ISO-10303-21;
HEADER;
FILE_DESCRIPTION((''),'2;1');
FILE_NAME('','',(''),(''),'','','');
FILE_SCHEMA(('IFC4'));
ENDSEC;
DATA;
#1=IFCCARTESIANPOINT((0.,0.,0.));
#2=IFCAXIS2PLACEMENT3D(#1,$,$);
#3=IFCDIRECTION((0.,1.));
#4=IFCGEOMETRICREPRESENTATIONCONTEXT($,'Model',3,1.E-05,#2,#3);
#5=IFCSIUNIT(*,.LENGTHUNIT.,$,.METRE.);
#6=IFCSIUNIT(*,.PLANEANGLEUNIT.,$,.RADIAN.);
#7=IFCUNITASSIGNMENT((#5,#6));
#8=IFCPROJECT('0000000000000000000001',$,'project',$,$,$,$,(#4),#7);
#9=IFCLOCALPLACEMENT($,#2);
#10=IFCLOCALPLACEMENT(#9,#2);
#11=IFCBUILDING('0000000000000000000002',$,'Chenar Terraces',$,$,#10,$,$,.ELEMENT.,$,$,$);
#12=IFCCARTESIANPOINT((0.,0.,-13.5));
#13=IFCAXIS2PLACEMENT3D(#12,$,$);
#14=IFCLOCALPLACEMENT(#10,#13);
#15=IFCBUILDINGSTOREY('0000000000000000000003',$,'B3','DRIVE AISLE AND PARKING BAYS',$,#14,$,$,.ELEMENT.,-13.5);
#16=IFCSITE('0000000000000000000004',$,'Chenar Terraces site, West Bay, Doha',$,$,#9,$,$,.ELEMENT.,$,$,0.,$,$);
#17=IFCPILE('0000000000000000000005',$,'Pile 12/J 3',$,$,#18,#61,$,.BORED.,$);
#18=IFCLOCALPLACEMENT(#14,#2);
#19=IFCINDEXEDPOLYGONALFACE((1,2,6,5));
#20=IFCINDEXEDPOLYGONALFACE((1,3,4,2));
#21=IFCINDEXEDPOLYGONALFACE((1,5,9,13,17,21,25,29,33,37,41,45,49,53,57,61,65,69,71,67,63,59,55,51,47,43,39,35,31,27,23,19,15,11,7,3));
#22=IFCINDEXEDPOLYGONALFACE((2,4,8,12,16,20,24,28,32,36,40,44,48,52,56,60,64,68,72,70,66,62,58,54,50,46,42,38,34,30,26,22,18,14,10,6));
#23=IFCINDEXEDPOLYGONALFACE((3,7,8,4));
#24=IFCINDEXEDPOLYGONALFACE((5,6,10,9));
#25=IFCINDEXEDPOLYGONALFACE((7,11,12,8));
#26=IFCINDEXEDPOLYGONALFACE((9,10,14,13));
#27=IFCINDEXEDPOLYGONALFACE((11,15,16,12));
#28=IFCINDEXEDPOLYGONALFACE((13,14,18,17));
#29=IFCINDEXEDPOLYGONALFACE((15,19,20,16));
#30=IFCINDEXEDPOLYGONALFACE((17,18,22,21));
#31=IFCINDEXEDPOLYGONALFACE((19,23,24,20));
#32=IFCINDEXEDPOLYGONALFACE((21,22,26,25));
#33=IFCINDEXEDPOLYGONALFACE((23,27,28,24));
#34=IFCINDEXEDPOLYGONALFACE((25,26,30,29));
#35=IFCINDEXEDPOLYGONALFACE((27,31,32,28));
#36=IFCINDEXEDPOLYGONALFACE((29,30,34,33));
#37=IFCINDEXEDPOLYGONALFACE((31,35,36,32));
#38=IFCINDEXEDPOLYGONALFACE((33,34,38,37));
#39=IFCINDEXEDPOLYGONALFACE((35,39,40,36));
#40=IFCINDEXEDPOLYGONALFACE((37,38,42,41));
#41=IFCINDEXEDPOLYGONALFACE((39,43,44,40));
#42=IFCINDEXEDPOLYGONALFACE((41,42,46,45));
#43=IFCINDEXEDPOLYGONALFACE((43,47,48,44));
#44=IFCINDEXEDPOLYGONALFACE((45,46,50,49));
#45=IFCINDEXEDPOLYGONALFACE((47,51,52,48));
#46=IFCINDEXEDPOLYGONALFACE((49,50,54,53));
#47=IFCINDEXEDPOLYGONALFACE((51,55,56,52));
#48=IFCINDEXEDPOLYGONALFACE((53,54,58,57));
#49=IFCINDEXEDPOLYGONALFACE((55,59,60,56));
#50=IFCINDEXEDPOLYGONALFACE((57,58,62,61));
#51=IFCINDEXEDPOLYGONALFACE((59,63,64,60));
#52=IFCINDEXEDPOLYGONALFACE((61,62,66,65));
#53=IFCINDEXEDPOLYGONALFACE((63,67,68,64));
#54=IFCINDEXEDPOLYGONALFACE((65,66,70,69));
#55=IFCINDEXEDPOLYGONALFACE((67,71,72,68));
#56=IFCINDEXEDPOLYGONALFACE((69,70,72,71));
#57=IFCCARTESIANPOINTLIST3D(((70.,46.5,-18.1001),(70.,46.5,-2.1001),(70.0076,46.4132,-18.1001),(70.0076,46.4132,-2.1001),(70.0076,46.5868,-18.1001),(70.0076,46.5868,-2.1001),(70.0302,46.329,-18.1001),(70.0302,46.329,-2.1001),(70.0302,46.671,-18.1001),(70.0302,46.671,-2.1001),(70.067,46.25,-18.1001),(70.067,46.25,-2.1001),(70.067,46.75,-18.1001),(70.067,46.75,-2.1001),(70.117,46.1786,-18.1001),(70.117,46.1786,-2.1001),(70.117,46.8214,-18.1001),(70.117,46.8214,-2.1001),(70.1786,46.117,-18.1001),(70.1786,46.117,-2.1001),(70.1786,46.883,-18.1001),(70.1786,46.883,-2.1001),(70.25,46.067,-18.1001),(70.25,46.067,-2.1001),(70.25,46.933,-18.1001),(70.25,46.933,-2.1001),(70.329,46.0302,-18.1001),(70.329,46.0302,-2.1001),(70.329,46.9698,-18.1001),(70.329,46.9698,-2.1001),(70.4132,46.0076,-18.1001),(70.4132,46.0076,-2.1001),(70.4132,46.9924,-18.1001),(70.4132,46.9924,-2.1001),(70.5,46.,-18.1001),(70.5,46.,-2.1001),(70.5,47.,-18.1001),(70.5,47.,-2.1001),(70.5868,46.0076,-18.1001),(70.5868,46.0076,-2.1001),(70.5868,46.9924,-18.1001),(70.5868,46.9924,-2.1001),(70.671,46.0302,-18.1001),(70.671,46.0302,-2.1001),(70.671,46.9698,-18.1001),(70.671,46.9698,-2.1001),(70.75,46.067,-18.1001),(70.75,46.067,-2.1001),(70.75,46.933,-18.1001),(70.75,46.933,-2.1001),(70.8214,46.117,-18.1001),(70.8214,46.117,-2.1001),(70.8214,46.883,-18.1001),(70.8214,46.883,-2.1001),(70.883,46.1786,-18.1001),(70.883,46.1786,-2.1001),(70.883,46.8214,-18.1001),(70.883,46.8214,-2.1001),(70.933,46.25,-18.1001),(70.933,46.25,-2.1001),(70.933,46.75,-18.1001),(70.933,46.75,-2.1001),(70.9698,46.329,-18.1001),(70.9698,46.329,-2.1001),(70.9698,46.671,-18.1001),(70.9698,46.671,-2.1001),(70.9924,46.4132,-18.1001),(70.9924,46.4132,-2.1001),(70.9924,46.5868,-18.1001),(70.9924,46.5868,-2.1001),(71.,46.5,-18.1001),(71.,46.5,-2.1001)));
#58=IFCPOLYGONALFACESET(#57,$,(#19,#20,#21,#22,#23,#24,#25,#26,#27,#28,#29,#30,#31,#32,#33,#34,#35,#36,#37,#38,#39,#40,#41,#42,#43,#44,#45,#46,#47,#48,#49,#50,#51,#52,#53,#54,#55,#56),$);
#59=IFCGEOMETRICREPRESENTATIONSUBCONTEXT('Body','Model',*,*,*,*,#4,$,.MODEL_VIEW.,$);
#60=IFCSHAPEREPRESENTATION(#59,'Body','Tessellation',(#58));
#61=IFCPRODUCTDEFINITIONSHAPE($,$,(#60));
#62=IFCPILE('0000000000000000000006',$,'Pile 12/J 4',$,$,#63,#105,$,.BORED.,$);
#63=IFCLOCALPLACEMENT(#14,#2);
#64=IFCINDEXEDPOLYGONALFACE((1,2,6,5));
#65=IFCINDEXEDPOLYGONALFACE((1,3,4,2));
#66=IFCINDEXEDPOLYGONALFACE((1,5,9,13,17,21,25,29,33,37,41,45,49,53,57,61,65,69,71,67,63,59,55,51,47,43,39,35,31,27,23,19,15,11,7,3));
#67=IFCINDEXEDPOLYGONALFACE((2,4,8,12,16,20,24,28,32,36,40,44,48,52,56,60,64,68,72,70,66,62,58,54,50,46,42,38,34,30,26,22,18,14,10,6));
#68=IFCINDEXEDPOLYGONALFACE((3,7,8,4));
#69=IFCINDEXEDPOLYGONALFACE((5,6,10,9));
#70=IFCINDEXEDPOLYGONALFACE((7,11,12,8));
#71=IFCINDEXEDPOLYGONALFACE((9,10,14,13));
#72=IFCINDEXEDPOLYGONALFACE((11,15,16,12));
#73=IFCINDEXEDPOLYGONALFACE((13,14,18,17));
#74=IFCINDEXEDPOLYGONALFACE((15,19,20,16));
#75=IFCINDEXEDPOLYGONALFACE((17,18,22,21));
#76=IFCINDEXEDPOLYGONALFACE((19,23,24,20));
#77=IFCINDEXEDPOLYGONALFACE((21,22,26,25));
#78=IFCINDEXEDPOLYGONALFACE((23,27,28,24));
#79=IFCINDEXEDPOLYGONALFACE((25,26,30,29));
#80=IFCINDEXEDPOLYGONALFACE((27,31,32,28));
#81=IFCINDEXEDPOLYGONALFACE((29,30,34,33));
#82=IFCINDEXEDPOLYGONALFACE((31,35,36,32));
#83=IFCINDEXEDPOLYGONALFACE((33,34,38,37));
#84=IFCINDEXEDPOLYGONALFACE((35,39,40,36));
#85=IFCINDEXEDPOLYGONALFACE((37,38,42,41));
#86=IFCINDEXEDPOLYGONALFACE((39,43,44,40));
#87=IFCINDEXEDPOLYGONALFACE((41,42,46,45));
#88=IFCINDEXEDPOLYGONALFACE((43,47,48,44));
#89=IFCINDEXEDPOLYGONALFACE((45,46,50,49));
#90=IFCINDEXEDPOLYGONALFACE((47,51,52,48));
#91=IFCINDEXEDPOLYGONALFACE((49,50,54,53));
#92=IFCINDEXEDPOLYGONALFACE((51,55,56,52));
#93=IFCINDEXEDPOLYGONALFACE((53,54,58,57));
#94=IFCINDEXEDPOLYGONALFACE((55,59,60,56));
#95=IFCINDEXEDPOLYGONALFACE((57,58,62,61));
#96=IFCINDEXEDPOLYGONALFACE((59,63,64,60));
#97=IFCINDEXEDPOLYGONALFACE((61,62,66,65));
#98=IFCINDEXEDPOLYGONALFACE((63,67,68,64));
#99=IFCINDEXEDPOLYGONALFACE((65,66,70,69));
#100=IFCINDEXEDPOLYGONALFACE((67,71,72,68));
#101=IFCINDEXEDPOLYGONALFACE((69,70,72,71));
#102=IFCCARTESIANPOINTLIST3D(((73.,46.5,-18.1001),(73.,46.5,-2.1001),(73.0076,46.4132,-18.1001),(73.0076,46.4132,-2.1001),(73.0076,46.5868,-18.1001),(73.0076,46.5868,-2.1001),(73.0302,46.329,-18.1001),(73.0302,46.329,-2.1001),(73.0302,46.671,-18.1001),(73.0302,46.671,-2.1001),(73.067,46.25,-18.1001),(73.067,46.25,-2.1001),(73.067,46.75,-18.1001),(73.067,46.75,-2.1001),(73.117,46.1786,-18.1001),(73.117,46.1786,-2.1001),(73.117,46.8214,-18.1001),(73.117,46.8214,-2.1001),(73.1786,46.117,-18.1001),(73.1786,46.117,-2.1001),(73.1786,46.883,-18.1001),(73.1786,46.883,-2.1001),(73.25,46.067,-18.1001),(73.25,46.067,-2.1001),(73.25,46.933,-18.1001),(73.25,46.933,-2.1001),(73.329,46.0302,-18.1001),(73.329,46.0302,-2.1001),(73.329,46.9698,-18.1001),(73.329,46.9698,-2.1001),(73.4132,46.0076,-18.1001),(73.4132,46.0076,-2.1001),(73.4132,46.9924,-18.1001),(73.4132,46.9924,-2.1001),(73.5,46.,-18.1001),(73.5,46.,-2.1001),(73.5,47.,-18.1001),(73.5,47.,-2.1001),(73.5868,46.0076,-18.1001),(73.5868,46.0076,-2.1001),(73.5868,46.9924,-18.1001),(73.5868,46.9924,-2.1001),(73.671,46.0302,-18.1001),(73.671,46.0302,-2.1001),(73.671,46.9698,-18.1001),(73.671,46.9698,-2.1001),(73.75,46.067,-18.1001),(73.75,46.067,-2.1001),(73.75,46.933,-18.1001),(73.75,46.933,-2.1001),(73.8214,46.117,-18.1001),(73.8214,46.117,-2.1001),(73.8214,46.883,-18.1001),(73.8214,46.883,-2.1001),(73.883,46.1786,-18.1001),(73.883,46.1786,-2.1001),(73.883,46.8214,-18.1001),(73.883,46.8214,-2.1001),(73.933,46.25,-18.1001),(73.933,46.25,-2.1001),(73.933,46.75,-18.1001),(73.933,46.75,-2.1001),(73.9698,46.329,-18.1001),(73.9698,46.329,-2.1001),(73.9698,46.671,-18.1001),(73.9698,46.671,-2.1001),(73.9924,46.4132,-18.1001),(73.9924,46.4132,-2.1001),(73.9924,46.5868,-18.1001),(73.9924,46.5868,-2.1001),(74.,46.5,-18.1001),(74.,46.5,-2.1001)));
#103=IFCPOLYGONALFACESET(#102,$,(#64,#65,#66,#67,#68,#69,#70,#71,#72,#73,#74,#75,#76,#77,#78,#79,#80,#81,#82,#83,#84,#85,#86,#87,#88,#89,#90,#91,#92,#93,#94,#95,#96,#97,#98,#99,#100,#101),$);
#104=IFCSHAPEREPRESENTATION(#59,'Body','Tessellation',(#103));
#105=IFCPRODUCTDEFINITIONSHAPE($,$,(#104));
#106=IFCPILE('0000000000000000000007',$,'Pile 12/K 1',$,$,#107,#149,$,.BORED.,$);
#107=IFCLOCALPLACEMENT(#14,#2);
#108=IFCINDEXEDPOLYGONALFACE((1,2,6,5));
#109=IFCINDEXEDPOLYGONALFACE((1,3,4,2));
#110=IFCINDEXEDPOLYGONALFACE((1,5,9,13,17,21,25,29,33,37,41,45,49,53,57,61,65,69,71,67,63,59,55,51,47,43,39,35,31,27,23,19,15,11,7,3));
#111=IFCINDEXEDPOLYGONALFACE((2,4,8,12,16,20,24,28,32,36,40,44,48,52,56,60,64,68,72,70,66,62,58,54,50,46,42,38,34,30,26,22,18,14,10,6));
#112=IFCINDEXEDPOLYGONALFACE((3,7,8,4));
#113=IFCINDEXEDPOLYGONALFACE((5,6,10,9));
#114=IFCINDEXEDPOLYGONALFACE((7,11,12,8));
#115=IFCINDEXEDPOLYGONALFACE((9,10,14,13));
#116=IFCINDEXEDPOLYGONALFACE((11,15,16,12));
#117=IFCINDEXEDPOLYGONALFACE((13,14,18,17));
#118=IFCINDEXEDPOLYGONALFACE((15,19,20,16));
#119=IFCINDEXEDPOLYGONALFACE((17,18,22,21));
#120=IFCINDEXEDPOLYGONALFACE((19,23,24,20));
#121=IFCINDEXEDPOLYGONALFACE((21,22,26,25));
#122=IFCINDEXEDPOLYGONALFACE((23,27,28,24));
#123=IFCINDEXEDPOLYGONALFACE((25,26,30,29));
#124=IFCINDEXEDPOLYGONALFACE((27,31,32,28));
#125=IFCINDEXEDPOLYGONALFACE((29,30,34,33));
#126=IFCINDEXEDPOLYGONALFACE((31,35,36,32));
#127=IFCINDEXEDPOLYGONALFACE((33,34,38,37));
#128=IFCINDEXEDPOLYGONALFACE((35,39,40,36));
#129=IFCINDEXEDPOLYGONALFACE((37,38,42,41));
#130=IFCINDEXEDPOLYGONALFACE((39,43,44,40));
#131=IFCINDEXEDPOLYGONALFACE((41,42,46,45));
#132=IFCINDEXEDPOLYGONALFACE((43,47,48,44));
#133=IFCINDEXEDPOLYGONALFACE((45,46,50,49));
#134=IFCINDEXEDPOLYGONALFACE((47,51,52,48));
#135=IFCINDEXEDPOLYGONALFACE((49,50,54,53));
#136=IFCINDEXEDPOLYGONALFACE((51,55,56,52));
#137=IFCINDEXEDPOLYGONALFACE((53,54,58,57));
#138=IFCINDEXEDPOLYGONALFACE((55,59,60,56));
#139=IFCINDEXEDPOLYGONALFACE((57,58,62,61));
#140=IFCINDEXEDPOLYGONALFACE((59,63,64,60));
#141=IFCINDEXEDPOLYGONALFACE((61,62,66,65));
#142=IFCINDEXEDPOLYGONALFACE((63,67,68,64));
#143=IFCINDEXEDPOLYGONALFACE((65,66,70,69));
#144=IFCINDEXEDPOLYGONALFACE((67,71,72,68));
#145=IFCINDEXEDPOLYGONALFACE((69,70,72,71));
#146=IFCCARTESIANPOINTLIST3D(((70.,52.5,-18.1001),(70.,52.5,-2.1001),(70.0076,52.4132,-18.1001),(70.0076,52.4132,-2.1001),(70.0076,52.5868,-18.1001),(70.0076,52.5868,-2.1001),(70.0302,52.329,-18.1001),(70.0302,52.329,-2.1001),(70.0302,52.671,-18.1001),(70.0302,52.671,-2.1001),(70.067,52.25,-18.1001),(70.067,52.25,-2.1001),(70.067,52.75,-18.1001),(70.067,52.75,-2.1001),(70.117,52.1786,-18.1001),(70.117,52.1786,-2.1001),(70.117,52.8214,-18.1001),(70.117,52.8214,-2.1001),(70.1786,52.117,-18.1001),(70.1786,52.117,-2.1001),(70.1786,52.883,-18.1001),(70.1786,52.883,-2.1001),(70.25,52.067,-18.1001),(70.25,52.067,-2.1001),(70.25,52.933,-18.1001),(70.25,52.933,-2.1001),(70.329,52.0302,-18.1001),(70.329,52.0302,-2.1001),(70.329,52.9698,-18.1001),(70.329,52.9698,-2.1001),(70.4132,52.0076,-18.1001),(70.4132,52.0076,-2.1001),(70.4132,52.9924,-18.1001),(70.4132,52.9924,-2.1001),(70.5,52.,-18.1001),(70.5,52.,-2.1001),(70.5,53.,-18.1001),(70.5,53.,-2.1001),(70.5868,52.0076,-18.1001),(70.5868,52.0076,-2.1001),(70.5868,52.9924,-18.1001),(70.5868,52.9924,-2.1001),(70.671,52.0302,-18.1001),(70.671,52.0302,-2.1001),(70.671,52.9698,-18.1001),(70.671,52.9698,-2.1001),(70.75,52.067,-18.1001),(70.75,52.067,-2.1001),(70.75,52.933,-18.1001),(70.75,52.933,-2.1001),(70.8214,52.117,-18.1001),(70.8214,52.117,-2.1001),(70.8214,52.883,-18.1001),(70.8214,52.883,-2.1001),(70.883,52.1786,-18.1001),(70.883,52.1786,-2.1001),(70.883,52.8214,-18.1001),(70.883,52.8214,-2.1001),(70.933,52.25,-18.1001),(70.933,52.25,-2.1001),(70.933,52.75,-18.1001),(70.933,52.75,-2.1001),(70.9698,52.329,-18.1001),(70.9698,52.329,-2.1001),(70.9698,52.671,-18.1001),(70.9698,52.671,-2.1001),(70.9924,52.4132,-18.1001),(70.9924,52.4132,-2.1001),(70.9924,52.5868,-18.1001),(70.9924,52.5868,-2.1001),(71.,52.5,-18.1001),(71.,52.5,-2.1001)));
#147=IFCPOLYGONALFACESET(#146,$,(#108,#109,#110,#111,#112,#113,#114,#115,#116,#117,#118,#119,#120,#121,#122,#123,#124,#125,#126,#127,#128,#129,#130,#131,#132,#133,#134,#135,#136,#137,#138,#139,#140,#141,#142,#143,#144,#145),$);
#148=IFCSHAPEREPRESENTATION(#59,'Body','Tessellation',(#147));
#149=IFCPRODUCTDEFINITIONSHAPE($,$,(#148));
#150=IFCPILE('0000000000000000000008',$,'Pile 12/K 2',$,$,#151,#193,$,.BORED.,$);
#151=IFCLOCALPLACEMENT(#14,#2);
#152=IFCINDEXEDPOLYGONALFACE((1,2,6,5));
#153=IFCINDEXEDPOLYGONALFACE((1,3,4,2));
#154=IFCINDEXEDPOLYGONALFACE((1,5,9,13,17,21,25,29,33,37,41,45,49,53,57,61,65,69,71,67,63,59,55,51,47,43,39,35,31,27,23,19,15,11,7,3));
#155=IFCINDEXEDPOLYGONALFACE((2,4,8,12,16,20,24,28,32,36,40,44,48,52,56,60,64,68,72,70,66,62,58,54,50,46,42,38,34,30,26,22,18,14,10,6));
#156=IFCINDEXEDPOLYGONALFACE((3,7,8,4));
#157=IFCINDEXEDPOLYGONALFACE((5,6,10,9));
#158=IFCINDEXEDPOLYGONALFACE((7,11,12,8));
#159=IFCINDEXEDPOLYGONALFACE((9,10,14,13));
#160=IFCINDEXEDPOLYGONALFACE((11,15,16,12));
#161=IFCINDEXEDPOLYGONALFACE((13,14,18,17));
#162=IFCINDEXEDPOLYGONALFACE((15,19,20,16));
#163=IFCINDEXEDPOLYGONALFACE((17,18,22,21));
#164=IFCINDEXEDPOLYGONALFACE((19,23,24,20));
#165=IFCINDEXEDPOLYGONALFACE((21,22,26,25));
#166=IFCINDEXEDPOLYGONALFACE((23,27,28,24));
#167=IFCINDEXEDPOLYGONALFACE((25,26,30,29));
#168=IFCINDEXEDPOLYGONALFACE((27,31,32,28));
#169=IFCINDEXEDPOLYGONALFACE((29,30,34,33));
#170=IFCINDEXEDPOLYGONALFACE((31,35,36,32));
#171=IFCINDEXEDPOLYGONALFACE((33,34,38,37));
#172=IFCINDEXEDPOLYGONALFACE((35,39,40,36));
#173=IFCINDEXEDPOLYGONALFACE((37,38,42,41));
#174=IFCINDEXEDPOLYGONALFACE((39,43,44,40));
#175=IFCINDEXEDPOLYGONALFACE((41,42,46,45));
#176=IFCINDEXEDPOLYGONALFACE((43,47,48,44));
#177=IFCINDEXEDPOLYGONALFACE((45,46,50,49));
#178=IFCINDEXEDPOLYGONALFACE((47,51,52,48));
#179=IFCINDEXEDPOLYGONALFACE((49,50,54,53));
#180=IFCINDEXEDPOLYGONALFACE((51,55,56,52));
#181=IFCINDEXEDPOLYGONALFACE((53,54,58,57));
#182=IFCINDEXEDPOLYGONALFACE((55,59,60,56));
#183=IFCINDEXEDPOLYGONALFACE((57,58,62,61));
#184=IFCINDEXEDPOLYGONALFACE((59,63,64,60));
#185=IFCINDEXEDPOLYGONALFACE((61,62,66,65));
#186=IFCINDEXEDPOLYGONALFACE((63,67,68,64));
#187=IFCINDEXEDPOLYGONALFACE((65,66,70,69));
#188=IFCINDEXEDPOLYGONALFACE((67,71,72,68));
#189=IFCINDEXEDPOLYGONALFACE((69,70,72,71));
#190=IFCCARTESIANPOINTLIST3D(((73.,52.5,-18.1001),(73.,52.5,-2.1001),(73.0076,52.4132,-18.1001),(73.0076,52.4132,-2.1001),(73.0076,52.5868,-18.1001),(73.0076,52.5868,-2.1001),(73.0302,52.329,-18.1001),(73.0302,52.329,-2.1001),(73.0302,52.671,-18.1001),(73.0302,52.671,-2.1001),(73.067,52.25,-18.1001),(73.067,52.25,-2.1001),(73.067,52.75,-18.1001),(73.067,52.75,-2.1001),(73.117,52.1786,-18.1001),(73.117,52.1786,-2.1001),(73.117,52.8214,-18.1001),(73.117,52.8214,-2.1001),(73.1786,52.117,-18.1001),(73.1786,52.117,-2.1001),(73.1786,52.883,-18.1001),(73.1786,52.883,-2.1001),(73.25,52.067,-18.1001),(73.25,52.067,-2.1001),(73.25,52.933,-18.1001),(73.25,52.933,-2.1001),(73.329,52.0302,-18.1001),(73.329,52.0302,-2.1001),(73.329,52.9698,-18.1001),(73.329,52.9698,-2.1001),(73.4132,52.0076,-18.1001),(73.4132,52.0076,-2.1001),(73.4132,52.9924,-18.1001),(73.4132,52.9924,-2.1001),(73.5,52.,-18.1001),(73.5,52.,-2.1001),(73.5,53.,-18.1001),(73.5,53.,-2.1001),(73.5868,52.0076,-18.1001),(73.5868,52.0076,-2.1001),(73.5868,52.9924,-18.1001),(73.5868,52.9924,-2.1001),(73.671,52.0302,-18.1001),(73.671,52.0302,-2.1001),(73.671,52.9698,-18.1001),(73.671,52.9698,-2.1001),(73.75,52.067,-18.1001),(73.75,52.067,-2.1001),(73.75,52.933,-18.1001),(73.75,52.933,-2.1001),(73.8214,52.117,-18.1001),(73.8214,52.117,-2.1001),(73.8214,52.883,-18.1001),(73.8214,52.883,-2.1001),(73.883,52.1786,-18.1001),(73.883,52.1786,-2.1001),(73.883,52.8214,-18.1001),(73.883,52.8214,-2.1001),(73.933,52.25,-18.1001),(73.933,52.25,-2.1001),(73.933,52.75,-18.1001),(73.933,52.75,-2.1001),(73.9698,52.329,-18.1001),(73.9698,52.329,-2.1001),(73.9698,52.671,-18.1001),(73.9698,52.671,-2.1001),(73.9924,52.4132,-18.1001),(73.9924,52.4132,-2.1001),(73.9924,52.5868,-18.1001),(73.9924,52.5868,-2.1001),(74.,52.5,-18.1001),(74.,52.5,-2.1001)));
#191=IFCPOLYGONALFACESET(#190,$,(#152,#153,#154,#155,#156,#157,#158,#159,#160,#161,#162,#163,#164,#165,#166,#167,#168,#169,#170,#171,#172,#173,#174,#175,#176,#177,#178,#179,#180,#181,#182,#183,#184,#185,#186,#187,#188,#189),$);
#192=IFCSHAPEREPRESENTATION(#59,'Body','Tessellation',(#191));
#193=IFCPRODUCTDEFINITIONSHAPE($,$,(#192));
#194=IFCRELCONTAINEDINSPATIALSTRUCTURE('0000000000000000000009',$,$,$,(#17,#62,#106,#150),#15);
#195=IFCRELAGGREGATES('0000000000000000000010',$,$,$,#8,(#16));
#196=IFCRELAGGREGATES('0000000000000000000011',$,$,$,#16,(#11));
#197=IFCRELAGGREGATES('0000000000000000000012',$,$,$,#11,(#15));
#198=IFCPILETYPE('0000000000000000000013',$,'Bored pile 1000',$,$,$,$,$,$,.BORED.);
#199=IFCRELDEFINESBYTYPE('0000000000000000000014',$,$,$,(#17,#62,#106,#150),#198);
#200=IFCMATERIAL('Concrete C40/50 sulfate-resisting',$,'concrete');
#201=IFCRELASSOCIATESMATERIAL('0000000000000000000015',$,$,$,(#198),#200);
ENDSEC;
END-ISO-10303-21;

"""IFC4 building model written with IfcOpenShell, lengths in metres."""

from ifc_helpers import new_model, si_unit, direction, frame, origin, origin_2d, place, context, subcontext, project, spatial, circle, extrude, material, material_profile, profile_set, type_object, element, save


model = new_model("IFC4")

# Units and contexts
model_context = context("Model", 3, precision=1e-05, world=origin(), true_north=direction((0.0, 1.0)))
body_context = subcontext(model_context, "Body", "Model", "MODEL_VIEW")
ifc_project = project(units=[si_unit("LENGTHUNIT", "METRE"), si_unit("PLANEANGLEUNIT", "RADIAN")], contexts=[model_context])

# Site, building, storey
site_placement = place(None, origin())
site = spatial("IfcSite", under=ifc_project, at=site_placement, Name="Chenar Terraces site, West Bay, Doha", CompositionType="ELEMENT", RefElevation=0.0)
building_placement = place(site_placement, origin())
building = spatial("IfcBuilding", under=site, at=building_placement, Name="Chenar Terraces", CompositionType="ELEMENT")
storey_placement = place(building_placement, frame((0.0, 0.0, -13.5)))
storey = spatial("IfcBuildingStorey", under=building, at=storey_placement, Name="B3", Description="DRIVE AISLE AND PARKING BAYS", CompositionType="ELEMENT", Elevation=-13.5)

# Piles
ifc_material_1 = material(Name="Concrete C40/50 sulfate-resisting", Category="concrete")
ifc_material_profile_1 = material_profile(ifc_material_1, circle(Radius=0.5, at=origin_2d()), Name="BP 1000")
ifc_profile_set_1 = profile_set([ifc_material_profile_1], Name="Concrete C40/50 sulfate-resisting")
pile_type = type_object("IfcPileType", Name="Bored pile 1000", PredefinedType="BORED", material=ifc_profile_set_1)
for number, where, z_axis, x_axis, name in (
    (1, (70.5, 46.5, -2.1001), (0.0, 0.0, -1.0), (1.0, 0.0, 0.0), "Pile 12/J 3"),
    (2, (73.5, 46.5, -2.1001), (0.0, 0.0, -1.0), (1.0, 0.0, 0.0), "Pile 12/J 4"),
    (3, (70.5, 52.5, -2.1001), (0.0, 0.0, -1.0), (1.0, 0.0, 0.0), "Pile 12/K 1"),
    (4, (73.5, 52.5, -2.1001), (0.0, 0.0, -1.0), (1.0, 0.0, 0.0), "Pile 12/K 2"),
):
    element("IfcPile", number, at=place(storey_placement, frame(where, z_axis=z_axis, x_axis=x_axis)), inside=storey, type_object=pile_type, Name=name, PredefinedType="BORED", context=body_context, shape_type="SweptSolid", body=[
        extrude(circle(Radius=0.5, at=origin_2d()), origin(), (0.0, 0.0, 1.0), 16.0),
    ])

save(model, "model.ifc")
